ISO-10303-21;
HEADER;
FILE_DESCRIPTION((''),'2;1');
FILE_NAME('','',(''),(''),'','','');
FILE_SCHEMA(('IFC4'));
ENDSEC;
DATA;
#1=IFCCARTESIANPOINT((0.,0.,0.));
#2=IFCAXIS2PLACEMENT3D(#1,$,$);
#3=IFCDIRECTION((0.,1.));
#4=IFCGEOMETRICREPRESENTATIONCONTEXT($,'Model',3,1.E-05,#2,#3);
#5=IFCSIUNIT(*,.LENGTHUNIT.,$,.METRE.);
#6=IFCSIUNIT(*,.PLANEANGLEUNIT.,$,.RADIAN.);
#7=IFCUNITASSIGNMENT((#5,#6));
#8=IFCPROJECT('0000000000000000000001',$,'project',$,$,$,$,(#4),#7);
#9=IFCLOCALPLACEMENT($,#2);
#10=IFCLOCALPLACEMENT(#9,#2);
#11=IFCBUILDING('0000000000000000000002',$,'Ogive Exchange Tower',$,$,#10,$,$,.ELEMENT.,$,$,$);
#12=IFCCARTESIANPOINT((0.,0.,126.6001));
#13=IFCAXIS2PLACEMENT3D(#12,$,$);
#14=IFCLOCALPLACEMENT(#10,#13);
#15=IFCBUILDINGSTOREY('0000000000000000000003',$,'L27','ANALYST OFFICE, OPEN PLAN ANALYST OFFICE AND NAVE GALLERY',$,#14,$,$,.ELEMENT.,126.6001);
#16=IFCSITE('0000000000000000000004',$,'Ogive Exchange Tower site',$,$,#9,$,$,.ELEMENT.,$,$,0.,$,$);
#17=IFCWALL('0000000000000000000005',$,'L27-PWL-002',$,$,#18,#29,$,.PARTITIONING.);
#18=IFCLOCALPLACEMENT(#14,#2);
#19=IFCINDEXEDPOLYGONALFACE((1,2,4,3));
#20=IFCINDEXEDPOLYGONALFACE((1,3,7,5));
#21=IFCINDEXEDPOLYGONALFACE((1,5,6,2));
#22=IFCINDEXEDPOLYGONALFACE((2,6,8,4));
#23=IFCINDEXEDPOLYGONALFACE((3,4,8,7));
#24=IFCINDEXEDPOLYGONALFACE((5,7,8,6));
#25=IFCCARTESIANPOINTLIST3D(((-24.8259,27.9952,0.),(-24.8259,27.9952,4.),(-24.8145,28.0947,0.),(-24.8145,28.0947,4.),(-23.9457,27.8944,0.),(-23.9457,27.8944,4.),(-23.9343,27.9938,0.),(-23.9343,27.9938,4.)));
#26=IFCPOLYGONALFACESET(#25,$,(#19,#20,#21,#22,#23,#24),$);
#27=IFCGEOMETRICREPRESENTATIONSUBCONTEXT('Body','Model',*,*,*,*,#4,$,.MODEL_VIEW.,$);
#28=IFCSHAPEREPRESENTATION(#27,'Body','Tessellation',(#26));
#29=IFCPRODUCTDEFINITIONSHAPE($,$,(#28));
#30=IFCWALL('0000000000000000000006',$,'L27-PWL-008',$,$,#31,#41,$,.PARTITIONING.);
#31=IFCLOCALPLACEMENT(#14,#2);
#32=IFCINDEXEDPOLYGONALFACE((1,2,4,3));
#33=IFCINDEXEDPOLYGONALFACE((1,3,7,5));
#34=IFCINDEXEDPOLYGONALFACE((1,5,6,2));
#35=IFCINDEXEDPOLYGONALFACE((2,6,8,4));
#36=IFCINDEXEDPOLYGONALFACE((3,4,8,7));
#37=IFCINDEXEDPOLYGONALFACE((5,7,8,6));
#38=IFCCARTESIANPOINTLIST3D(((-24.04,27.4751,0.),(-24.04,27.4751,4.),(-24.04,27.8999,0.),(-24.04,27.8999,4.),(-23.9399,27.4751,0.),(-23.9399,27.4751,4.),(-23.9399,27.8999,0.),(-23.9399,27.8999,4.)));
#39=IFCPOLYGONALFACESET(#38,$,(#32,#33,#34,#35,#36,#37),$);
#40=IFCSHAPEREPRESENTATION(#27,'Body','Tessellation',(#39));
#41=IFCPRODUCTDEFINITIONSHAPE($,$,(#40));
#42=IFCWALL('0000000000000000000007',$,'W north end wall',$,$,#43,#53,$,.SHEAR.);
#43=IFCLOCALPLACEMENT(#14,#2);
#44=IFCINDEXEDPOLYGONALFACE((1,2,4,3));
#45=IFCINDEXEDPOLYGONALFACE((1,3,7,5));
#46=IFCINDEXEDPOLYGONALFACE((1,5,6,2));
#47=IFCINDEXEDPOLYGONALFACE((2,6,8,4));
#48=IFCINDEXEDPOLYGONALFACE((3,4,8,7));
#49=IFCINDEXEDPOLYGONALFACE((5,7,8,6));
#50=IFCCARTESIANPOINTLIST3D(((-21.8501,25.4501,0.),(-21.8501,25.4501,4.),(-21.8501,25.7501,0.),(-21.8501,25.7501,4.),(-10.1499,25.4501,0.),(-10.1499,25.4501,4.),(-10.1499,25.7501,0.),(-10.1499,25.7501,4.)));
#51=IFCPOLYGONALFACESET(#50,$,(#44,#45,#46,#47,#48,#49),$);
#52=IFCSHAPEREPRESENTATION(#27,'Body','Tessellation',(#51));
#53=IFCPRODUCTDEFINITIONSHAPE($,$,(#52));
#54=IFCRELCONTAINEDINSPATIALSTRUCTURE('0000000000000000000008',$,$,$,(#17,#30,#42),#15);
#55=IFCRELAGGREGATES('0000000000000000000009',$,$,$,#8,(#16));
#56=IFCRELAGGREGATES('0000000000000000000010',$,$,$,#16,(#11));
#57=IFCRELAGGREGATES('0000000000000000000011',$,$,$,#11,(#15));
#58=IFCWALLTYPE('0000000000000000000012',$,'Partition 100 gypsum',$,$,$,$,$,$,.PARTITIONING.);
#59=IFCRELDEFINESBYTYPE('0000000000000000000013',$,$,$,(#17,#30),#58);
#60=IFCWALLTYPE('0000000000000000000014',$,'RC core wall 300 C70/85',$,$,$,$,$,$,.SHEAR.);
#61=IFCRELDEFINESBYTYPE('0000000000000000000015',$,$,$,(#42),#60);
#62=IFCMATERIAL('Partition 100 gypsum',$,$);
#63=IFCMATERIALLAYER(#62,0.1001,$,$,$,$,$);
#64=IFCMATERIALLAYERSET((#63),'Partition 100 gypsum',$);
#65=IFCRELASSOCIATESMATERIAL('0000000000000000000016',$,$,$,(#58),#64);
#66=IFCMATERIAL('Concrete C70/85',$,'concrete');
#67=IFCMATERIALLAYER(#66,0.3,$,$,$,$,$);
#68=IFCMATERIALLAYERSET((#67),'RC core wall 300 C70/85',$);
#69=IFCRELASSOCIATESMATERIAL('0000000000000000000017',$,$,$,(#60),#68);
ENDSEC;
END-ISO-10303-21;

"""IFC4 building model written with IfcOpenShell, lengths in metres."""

from ifc_helpers import new_model, si_unit, direction, frame, frame_2d, origin, place, context, subcontext, project, spatial, rectangle, extrude, material, layer, layer_set, type_object, element, save


model = new_model("IFC4")

# Units and contexts
model_context = context("Model", 3, precision=1e-05, world=origin(), true_north=direction((0.0, 1.0)))
body_context = subcontext(model_context, "Body", "Model", "MODEL_VIEW")
ifc_project = project(units=[si_unit("LENGTHUNIT", "METRE"), si_unit("PLANEANGLEUNIT", "RADIAN")], contexts=[model_context])

# Site, building, storey
site_placement = place(None, origin())
site = spatial("IfcSite", under=ifc_project, at=site_placement, Name="Ogive Exchange Tower site", CompositionType="ELEMENT", RefElevation=0.0)
building_placement = place(site_placement, origin())
building = spatial("IfcBuilding", under=site, at=building_placement, Name="Ogive Exchange Tower", CompositionType="ELEMENT")
storey_placement = place(building_placement, frame((0.0, 0.0, 126.6001)))
storey = spatial("IfcBuildingStorey", under=building, at=storey_placement, Name="L27", Description="ANALYST OFFICE, OPEN PLAN ANALYST OFFICE AND NAVE GALLERY", CompositionType="ELEMENT", Elevation=126.6001)

# Walls
ifc_material_1 = material(Name="Partition 100 gypsum")
ifc_layer_1 = layer(ifc_material_1, 0.1001)
ifc_layer_set_1 = layer_set([ifc_layer_1], Name="Partition 100 gypsum")
wall_type_1 = type_object("IfcWallType", Name="Partition 100 gypsum", PredefinedType="PARTITIONING", material=ifc_layer_set_1)
wall_1_placement = place(storey_placement, frame((-24.8201, 28.0449, 0.0), z_axis=(0.0, 0.0, 1.0), x_axis=(0.993502, -0.113819, 0.0)))
element("IfcWall", 1, at=wall_1_placement, inside=storey, type_object=wall_type_1, Name="L27-PWL-002", PredefinedType="PARTITIONING", context=body_context, shape_type="SweptSolid", body=[
    extrude(rectangle(XDim=0.886, YDim=0.1001, at=frame_2d((0.4429, 0.0))), origin(), (0.0, 0.0, 1.0), 4.0),
])
wall_2_placement = place(storey_placement, frame((-23.99, 27.4751, 0.0), z_axis=(0.0, 0.0, 1.0), x_axis=(0.0, 1.0, 0.0)))
element("IfcWall", 2, at=wall_2_placement, inside=storey, type_object=wall_type_1, Name="L27-PWL-008", PredefinedType="PARTITIONING", context=body_context, shape_type="SweptSolid", body=[
    extrude(rectangle(XDim=0.4248, YDim=0.1001, at=frame_2d((0.2124, 0.0))), origin(), (0.0, 0.0, 1.0), 4.0),
])
ifc_material_2 = material(Name="Concrete C70/85", Category="concrete")
ifc_layer_2 = layer(ifc_material_2, 0.3)
ifc_layer_set_2 = layer_set([ifc_layer_2], Name="RC core wall 300 C70/85")
wall_type_2 = type_object("IfcWallType", Name="RC core wall 300 C70/85", PredefinedType="SHEAR", material=ifc_layer_set_2)
wall_3_placement = place(storey_placement, frame((-21.8501, 25.6001, 0.0), z_axis=(0.0, 0.0, 1.0), x_axis=(1.0, 0.0, 0.0)))
element("IfcWall", 3, at=wall_3_placement, inside=storey, type_object=wall_type_2, Name="W north end wall", PredefinedType="SHEAR", context=body_context, shape_type="SweptSolid", body=[
    extrude(rectangle(XDim=11.7002, YDim=0.3, at=frame_2d((5.8501, 0.0))), origin(), (0.0, 0.0, 1.0), 4.0),
])

save(model, "model.ifc")
